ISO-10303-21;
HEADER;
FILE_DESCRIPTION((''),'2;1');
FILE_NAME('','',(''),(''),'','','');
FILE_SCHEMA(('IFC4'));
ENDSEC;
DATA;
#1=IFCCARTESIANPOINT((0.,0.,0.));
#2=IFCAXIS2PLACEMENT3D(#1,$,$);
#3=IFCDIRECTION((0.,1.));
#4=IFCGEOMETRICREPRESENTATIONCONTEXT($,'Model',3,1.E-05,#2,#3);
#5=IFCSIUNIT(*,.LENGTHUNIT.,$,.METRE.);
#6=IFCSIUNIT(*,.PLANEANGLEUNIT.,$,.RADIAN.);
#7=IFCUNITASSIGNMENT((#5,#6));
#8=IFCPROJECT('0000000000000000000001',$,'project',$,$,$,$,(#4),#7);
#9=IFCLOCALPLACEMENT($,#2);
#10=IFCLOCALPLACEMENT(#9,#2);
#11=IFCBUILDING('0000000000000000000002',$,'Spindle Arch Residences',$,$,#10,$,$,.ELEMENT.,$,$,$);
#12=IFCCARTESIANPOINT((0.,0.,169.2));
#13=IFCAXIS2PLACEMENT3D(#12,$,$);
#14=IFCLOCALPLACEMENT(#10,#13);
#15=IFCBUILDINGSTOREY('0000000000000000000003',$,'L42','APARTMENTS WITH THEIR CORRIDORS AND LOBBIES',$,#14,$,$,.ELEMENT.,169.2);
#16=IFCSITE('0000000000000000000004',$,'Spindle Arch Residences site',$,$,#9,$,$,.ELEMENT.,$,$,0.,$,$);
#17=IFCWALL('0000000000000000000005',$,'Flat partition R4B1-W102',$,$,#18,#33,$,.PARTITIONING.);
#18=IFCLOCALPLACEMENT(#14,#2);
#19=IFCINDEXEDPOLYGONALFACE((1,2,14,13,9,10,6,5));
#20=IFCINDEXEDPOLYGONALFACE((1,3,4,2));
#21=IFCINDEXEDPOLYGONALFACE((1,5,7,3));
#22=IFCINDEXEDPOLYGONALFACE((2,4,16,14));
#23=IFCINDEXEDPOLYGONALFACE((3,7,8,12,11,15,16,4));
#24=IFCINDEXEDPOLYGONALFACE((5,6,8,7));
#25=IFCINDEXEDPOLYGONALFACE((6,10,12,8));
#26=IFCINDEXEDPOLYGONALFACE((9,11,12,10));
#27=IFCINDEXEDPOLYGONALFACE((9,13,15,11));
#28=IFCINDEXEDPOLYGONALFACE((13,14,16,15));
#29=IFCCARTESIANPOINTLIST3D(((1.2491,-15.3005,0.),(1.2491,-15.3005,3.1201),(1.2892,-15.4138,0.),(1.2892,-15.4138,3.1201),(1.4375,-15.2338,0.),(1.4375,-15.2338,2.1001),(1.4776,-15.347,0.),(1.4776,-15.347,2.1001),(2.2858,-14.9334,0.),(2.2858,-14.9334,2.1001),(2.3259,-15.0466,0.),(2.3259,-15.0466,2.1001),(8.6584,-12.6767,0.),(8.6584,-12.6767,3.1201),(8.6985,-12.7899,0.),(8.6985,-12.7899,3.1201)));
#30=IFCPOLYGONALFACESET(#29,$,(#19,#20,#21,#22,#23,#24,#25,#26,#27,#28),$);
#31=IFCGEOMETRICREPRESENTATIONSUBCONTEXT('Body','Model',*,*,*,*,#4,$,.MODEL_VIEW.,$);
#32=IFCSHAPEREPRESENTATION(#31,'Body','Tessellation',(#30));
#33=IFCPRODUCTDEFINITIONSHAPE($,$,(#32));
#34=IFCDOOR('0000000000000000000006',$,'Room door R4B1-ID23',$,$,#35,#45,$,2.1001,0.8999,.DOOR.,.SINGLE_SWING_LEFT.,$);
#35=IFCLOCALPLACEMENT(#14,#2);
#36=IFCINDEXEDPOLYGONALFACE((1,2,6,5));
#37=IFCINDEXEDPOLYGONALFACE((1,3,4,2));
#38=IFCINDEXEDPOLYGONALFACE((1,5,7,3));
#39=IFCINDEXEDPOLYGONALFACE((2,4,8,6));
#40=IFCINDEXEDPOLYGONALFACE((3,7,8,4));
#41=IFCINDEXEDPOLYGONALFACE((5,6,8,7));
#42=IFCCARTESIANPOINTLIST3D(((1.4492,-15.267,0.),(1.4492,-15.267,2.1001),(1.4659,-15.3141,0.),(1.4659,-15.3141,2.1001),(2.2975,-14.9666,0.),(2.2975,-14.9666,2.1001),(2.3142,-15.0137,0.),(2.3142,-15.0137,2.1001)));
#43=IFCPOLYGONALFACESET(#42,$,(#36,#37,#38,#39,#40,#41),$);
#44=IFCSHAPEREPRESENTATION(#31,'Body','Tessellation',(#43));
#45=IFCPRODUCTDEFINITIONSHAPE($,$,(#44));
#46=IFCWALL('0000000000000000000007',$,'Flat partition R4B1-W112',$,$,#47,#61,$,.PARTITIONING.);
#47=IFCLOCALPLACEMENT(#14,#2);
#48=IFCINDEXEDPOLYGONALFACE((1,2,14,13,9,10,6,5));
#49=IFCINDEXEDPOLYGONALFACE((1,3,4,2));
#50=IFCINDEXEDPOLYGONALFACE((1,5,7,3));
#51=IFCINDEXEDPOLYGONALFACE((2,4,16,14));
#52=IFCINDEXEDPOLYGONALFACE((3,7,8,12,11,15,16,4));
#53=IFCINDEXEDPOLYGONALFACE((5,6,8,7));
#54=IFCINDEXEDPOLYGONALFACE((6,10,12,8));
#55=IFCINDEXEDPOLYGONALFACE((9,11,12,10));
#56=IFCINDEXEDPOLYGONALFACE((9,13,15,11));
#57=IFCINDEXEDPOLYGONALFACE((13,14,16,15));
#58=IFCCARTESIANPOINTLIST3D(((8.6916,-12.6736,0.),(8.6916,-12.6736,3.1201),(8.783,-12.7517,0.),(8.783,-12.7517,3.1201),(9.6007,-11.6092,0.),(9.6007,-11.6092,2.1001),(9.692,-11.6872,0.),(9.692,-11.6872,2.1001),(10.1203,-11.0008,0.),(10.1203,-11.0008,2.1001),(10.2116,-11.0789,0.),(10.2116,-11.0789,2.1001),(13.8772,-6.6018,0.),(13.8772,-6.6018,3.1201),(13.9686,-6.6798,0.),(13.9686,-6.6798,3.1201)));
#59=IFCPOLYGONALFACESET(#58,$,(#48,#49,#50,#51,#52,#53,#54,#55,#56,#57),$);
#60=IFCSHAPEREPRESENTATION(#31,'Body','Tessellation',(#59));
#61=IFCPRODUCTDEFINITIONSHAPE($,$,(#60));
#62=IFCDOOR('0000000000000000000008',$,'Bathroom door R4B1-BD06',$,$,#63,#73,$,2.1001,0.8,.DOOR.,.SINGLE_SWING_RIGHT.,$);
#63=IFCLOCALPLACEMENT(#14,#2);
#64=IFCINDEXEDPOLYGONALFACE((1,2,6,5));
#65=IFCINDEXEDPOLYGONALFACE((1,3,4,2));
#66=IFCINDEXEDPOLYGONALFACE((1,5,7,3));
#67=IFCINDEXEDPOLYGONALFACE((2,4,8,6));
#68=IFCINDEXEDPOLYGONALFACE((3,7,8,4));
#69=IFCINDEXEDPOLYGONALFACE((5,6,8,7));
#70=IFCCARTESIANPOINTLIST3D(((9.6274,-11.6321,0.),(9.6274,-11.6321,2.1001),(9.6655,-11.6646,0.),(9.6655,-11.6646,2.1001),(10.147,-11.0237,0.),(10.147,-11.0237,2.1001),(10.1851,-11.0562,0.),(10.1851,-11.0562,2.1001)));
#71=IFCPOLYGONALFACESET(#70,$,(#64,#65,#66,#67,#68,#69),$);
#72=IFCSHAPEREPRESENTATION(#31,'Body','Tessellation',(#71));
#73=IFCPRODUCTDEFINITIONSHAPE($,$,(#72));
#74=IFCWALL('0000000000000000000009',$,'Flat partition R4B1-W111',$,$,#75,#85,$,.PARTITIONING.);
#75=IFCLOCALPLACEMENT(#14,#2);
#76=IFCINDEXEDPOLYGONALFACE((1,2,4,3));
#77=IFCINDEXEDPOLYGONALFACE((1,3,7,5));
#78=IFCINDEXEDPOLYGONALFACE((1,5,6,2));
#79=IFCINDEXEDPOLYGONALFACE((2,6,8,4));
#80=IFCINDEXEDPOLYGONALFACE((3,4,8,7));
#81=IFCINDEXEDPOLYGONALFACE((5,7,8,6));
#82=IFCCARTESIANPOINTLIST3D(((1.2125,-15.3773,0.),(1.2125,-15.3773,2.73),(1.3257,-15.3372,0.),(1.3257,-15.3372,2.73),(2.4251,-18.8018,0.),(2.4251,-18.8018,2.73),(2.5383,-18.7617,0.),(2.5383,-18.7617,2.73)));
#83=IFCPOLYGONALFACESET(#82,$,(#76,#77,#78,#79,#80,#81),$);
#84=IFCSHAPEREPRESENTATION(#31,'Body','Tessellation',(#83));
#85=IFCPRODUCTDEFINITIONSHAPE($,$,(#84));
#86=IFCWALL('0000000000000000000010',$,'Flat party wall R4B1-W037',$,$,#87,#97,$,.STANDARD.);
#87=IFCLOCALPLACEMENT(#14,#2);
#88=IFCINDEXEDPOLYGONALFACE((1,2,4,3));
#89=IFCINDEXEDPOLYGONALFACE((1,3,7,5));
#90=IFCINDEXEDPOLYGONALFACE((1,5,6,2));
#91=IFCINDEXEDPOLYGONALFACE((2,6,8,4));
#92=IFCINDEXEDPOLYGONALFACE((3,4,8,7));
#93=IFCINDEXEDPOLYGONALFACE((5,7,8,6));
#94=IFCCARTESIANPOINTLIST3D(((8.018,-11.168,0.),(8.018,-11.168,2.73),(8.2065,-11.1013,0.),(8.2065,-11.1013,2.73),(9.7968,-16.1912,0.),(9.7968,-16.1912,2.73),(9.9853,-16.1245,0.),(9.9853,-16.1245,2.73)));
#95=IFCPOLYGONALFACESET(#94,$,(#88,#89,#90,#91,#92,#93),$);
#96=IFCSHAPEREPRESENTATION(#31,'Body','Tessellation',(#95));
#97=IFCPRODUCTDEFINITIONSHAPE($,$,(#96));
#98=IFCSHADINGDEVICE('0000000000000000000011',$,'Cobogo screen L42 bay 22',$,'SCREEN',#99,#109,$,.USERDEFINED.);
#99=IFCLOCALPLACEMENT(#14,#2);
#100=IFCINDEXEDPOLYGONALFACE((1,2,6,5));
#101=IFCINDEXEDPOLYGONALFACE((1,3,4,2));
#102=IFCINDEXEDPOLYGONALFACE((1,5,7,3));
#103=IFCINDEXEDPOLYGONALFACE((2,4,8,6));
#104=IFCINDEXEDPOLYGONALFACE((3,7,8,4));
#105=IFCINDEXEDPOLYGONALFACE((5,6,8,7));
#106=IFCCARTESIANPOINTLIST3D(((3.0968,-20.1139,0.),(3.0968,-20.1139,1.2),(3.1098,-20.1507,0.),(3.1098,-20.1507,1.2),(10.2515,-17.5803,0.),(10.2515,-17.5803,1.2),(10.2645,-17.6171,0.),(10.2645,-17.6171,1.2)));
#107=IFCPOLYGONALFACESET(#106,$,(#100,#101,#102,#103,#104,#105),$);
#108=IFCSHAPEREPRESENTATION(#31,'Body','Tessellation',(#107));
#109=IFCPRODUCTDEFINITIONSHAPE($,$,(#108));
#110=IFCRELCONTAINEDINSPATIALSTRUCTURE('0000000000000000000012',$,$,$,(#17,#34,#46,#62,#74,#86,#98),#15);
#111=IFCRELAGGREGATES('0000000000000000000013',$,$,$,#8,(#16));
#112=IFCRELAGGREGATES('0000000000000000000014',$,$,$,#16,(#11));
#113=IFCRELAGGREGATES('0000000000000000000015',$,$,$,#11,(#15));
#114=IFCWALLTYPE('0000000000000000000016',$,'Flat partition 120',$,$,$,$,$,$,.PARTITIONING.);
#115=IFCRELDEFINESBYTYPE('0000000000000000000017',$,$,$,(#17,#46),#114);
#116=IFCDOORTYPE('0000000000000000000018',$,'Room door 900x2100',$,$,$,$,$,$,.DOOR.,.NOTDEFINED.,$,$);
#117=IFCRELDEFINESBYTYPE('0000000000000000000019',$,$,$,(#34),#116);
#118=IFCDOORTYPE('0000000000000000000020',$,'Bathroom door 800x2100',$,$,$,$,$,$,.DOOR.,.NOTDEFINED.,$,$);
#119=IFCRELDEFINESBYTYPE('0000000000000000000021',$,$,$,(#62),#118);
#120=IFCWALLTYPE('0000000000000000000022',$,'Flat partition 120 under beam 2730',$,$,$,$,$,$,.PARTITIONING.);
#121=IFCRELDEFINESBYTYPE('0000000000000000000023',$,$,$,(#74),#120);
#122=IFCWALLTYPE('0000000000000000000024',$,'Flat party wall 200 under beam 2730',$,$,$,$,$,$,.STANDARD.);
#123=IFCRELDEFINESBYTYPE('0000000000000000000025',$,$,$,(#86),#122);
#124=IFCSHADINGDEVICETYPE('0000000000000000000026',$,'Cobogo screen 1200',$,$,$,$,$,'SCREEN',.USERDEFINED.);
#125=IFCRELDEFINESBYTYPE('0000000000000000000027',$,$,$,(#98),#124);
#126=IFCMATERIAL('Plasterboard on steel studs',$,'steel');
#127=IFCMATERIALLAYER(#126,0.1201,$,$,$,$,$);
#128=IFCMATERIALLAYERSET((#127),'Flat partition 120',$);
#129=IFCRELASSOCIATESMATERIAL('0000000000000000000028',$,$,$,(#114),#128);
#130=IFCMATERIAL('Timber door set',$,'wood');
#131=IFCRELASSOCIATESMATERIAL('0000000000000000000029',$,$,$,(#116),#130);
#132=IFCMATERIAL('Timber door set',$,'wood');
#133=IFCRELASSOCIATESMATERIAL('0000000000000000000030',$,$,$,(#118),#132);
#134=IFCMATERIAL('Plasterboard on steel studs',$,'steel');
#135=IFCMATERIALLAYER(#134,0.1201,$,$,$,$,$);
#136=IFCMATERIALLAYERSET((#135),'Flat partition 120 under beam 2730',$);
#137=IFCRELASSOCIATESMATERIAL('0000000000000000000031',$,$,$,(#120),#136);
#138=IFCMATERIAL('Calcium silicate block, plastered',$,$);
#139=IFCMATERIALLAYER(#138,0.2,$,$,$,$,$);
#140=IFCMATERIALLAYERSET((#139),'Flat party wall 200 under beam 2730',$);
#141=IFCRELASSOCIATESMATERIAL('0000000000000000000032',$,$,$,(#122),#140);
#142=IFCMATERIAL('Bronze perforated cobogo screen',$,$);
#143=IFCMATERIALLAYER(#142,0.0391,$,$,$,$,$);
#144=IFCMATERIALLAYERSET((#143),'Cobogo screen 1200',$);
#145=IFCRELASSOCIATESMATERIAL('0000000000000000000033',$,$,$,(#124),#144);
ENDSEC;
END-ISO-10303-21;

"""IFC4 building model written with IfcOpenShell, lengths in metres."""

from ifc_helpers import new_model, si_unit, direction, frame, frame_2d, origin, origin_2d, place, context, subcontext, project, spatial, rectangle, extrude, material, layer, layer_set, type_object, element, fill, save


model = new_model("IFC4")

# Units and contexts
model_context = context("Model", 3, precision=1e-05, world=origin(), true_north=direction((0.0, 1.0)))
body_context = subcontext(model_context, "Body", "Model", "MODEL_VIEW")
ifc_project = project(units=[si_unit("LENGTHUNIT", "METRE"), si_unit("PLANEANGLEUNIT", "RADIAN")], contexts=[model_context])

# Site, building, storey
site_placement = place(None, origin())
site = spatial("IfcSite", under=ifc_project, at=site_placement, Name="Spindle Arch Residences site", CompositionType="ELEMENT", RefElevation=0.0)
building_placement = place(site_placement, origin())
building = spatial("IfcBuilding", under=site, at=building_placement, Name="Spindle Arch Residences", CompositionType="ELEMENT")
storey_placement = place(building_placement, frame((0.0, 0.0, 169.2)))
storey = spatial("IfcBuildingStorey", under=building, at=storey_placement, Name="L42", Description="APARTMENTS WITH THEIR CORRIDORS AND LOBBIES", CompositionType="ELEMENT", Elevation=169.2)

# Walls, openings, doors
ifc_material_1 = material(Name="Plasterboard on steel studs", Category="steel")
ifc_layer_1 = layer(ifc_material_1, 0.1201)
ifc_layer_set_1 = layer_set([ifc_layer_1], Name="Flat partition 120")
wall_type_1 = type_object("IfcWallType", Name="Flat partition 120", PredefinedType="PARTITIONING", material=ifc_layer_set_1)
wall_1_placement = place(storey_placement, frame((1.269, -15.3572, 0.0), z_axis=(0.0, 0.0, 1.0), x_axis=(0.942639, 0.333813, 0.0)))
wall_1 = element("IfcWall", 1, at=wall_1_placement, inside=storey, type_object=wall_type_1, Name="Flat partition R4B1-W102", PredefinedType="PARTITIONING", context=body_context, shape_type="SweptSolid", body=[
    extrude(rectangle(XDim=7.8601, YDim=0.1201, at=frame_2d((3.9302, 0.0))), origin(), (0.0, 0.0, 1.0), 3.1201),
])
opening_1_placement = place(wall_1_placement, frame((0.2, 0.0, 0.0)))
opening_1 = element("IfcOpeningElement", 2, at=opening_1_placement, cuts=wall_1, PredefinedType="OPENING", context=body_context, shape_type="SweptSolid", body=[
    extrude(rectangle(XDim=0.8999, YDim=2.1001, at=frame_2d((0.45, 1.05))), frame((0.0, 0.0701, 0.0), z_axis=(0.0, -1.0, 0.0), x_axis=(1.0, 0.0, 0.0)), (0.0, 0.0, 1.0), 0.1401),
])
ifc_material_2 = material(Name="Timber door set", Category="wood")
door_type_1 = type_object("IfcDoorType", Name="Room door 900x2100", OperationType="NOTDEFINED", PredefinedType="DOOR", material=ifc_material_2)
door_1_placement = place(opening_1_placement, origin())
door_1 = element("IfcDoor", 3, at=door_1_placement, inside=storey, type_object=door_type_1, Name="Room door R4B1-ID23", OperationType="SINGLE_SWING_LEFT", OverallHeight=2.1001, OverallWidth=0.8999, PredefinedType="DOOR", context=body_context, shape_type="SweptSolid", body=[
    extrude(rectangle(XDim=0.8999, YDim=2.1001, at=frame_2d((0.45, 1.05))), frame((0.0, 0.0249, 0.0), z_axis=(0.0, -1.0, 0.0), x_axis=(1.0, 0.0, 0.0)), (0.0, 0.0, 1.0), 0.05),
])
fill(opening_1, door_1)
wall_2_placement = place(storey_placement, frame((8.7373, -12.7126, 0.0), z_axis=(0.0, 0.0, 1.0), x_axis=(0.649431, 0.760421, 0.0)))
wall_2 = element("IfcWall", 4, at=wall_2_placement, inside=storey, type_object=wall_type_1, Name="Flat partition R4B1-W112", PredefinedType="PARTITIONING", context=body_context, shape_type="SweptSolid", body=[
    extrude(rectangle(XDim=7.9849, YDim=0.1201, at=frame_2d((3.9924, 0.0))), origin(), (0.0, 0.0, 1.0), 3.1201),
])
opening_2_placement = place(wall_2_placement, frame((1.3999, 0.0, 0.0)))
opening_2 = element("IfcOpeningElement", 5, at=opening_2_placement, cuts=wall_2, PredefinedType="OPENING", context=body_context, shape_type="SweptSolid", body=[
    extrude(rectangle(XDim=0.8, YDim=2.1001, at=frame_2d((0.3999, 1.05))), frame((0.0, 0.0701, 0.0), z_axis=(0.0, -1.0, 0.0), x_axis=(1.0, 0.0, 0.0)), (0.0, 0.0, 1.0), 0.1401),
])
ifc_material_3 = material(Name="Timber door set", Category="wood")
door_type_2 = type_object("IfcDoorType", Name="Bathroom door 800x2100", OperationType="NOTDEFINED", PredefinedType="DOOR", material=ifc_material_3)
door_2_placement = place(opening_2_placement, origin())
door_2 = element("IfcDoor", 6, at=door_2_placement, inside=storey, type_object=door_type_2, Name="Bathroom door R4B1-BD06", OperationType="SINGLE_SWING_RIGHT", OverallHeight=2.1001, OverallWidth=0.8, PredefinedType="DOOR", context=body_context, shape_type="SweptSolid", body=[
    extrude(rectangle(XDim=0.8, YDim=2.1001, at=frame_2d((0.3999, 1.05))), frame((0.0, 0.0249, 0.0), z_axis=(0.0, -1.0, 0.0), x_axis=(1.0, 0.0, 0.0)), (0.0, 0.0, 1.0), 0.05),
])
fill(opening_2, door_2)

# Walls
ifc_material_4 = material(Name="Plasterboard on steel studs", Category="steel")
ifc_layer_2 = layer(ifc_material_4, 0.1201)
ifc_layer_set_2 = layer_set([ifc_layer_2], Name="Flat partition 120 under beam 2730")
wall_type_2 = type_object("IfcWallType", Name="Flat partition 120 under beam 2730", PredefinedType="PARTITIONING", material=ifc_layer_set_2)
wall_3_placement = place(storey_placement, frame((2.4817, -18.7817, 0.0), z_axis=(0.0, 0.0, 1.0), x_axis=(-0.333794, 0.942646, 0.0)))
element("IfcWall", 7, at=wall_3_placement, inside=storey, type_object=wall_type_2, Name="Flat partition R4B1-W111", PredefinedType="PARTITIONING", context=body_context, shape_type="SweptSolid", body=[
    extrude(rectangle(XDim=3.6328, YDim=0.1201, at=frame_2d((1.8164, 0.0))), origin(), (0.0, 0.0, 1.0), 2.73),
])
ifc_material_5 = material(Name="Calcium silicate block, plastered")
ifc_layer_3 = layer(ifc_material_5, 0.2)
ifc_layer_set_3 = layer_set([ifc_layer_3], Name="Flat party wall 200 under beam 2730")
wall_type_3 = type_object("IfcWallType", Name="Flat party wall 200 under beam 2730", PredefinedType="STANDARD", material=ifc_layer_set_3)
wall_4_placement = place(storey_placement, frame((9.8911, -16.158, 0.0), z_axis=(0.0, 0.0, 1.0), x_axis=(-0.333807, 0.942641, 0.0)))
element("IfcWall", 8, at=wall_4_placement, inside=storey, type_object=wall_type_3, Name="Flat party wall R4B1-W037", PredefinedType="STANDARD", context=body_context, shape_type="SweptSolid", body=[
    extrude(rectangle(XDim=5.3289, YDim=0.2, at=frame_2d((2.6646, 0.0))), origin(), (0.0, 0.0, 1.0), 2.73),
])

# Shading device
ifc_material_6 = material(Name="Bronze perforated cobogo screen")
ifc_layer_4 = layer(ifc_material_6, 0.0391)
ifc_layer_set_4 = layer_set([ifc_layer_4], Name="Cobogo screen 1200")
shading_device_type = type_object("IfcShadingDeviceType", Name="Cobogo screen 1200", ElementType="SCREEN", PredefinedType="USERDEFINED", material=ifc_layer_set_4)
shading_device_placement = place(storey_placement, frame((6.6807, -18.8655, 0.0), z_axis=(0.0, 0.0, 1.0), x_axis=(0.942641, 0.333807, 0.0)))
element("IfcShadingDevice", 9, at=shading_device_placement, inside=storey, type_object=shading_device_type, Name="Cobogo screen L42 bay 22", ObjectType="SCREEN", PredefinedType="USERDEFINED", context=body_context, shape_type="SweptSolid", body=[
    extrude(rectangle(XDim=7.5901, YDim=0.0391, at=origin_2d()), origin(), (0.0, 0.0, 1.0), 1.2),
])

save(model, "model.ifc")
